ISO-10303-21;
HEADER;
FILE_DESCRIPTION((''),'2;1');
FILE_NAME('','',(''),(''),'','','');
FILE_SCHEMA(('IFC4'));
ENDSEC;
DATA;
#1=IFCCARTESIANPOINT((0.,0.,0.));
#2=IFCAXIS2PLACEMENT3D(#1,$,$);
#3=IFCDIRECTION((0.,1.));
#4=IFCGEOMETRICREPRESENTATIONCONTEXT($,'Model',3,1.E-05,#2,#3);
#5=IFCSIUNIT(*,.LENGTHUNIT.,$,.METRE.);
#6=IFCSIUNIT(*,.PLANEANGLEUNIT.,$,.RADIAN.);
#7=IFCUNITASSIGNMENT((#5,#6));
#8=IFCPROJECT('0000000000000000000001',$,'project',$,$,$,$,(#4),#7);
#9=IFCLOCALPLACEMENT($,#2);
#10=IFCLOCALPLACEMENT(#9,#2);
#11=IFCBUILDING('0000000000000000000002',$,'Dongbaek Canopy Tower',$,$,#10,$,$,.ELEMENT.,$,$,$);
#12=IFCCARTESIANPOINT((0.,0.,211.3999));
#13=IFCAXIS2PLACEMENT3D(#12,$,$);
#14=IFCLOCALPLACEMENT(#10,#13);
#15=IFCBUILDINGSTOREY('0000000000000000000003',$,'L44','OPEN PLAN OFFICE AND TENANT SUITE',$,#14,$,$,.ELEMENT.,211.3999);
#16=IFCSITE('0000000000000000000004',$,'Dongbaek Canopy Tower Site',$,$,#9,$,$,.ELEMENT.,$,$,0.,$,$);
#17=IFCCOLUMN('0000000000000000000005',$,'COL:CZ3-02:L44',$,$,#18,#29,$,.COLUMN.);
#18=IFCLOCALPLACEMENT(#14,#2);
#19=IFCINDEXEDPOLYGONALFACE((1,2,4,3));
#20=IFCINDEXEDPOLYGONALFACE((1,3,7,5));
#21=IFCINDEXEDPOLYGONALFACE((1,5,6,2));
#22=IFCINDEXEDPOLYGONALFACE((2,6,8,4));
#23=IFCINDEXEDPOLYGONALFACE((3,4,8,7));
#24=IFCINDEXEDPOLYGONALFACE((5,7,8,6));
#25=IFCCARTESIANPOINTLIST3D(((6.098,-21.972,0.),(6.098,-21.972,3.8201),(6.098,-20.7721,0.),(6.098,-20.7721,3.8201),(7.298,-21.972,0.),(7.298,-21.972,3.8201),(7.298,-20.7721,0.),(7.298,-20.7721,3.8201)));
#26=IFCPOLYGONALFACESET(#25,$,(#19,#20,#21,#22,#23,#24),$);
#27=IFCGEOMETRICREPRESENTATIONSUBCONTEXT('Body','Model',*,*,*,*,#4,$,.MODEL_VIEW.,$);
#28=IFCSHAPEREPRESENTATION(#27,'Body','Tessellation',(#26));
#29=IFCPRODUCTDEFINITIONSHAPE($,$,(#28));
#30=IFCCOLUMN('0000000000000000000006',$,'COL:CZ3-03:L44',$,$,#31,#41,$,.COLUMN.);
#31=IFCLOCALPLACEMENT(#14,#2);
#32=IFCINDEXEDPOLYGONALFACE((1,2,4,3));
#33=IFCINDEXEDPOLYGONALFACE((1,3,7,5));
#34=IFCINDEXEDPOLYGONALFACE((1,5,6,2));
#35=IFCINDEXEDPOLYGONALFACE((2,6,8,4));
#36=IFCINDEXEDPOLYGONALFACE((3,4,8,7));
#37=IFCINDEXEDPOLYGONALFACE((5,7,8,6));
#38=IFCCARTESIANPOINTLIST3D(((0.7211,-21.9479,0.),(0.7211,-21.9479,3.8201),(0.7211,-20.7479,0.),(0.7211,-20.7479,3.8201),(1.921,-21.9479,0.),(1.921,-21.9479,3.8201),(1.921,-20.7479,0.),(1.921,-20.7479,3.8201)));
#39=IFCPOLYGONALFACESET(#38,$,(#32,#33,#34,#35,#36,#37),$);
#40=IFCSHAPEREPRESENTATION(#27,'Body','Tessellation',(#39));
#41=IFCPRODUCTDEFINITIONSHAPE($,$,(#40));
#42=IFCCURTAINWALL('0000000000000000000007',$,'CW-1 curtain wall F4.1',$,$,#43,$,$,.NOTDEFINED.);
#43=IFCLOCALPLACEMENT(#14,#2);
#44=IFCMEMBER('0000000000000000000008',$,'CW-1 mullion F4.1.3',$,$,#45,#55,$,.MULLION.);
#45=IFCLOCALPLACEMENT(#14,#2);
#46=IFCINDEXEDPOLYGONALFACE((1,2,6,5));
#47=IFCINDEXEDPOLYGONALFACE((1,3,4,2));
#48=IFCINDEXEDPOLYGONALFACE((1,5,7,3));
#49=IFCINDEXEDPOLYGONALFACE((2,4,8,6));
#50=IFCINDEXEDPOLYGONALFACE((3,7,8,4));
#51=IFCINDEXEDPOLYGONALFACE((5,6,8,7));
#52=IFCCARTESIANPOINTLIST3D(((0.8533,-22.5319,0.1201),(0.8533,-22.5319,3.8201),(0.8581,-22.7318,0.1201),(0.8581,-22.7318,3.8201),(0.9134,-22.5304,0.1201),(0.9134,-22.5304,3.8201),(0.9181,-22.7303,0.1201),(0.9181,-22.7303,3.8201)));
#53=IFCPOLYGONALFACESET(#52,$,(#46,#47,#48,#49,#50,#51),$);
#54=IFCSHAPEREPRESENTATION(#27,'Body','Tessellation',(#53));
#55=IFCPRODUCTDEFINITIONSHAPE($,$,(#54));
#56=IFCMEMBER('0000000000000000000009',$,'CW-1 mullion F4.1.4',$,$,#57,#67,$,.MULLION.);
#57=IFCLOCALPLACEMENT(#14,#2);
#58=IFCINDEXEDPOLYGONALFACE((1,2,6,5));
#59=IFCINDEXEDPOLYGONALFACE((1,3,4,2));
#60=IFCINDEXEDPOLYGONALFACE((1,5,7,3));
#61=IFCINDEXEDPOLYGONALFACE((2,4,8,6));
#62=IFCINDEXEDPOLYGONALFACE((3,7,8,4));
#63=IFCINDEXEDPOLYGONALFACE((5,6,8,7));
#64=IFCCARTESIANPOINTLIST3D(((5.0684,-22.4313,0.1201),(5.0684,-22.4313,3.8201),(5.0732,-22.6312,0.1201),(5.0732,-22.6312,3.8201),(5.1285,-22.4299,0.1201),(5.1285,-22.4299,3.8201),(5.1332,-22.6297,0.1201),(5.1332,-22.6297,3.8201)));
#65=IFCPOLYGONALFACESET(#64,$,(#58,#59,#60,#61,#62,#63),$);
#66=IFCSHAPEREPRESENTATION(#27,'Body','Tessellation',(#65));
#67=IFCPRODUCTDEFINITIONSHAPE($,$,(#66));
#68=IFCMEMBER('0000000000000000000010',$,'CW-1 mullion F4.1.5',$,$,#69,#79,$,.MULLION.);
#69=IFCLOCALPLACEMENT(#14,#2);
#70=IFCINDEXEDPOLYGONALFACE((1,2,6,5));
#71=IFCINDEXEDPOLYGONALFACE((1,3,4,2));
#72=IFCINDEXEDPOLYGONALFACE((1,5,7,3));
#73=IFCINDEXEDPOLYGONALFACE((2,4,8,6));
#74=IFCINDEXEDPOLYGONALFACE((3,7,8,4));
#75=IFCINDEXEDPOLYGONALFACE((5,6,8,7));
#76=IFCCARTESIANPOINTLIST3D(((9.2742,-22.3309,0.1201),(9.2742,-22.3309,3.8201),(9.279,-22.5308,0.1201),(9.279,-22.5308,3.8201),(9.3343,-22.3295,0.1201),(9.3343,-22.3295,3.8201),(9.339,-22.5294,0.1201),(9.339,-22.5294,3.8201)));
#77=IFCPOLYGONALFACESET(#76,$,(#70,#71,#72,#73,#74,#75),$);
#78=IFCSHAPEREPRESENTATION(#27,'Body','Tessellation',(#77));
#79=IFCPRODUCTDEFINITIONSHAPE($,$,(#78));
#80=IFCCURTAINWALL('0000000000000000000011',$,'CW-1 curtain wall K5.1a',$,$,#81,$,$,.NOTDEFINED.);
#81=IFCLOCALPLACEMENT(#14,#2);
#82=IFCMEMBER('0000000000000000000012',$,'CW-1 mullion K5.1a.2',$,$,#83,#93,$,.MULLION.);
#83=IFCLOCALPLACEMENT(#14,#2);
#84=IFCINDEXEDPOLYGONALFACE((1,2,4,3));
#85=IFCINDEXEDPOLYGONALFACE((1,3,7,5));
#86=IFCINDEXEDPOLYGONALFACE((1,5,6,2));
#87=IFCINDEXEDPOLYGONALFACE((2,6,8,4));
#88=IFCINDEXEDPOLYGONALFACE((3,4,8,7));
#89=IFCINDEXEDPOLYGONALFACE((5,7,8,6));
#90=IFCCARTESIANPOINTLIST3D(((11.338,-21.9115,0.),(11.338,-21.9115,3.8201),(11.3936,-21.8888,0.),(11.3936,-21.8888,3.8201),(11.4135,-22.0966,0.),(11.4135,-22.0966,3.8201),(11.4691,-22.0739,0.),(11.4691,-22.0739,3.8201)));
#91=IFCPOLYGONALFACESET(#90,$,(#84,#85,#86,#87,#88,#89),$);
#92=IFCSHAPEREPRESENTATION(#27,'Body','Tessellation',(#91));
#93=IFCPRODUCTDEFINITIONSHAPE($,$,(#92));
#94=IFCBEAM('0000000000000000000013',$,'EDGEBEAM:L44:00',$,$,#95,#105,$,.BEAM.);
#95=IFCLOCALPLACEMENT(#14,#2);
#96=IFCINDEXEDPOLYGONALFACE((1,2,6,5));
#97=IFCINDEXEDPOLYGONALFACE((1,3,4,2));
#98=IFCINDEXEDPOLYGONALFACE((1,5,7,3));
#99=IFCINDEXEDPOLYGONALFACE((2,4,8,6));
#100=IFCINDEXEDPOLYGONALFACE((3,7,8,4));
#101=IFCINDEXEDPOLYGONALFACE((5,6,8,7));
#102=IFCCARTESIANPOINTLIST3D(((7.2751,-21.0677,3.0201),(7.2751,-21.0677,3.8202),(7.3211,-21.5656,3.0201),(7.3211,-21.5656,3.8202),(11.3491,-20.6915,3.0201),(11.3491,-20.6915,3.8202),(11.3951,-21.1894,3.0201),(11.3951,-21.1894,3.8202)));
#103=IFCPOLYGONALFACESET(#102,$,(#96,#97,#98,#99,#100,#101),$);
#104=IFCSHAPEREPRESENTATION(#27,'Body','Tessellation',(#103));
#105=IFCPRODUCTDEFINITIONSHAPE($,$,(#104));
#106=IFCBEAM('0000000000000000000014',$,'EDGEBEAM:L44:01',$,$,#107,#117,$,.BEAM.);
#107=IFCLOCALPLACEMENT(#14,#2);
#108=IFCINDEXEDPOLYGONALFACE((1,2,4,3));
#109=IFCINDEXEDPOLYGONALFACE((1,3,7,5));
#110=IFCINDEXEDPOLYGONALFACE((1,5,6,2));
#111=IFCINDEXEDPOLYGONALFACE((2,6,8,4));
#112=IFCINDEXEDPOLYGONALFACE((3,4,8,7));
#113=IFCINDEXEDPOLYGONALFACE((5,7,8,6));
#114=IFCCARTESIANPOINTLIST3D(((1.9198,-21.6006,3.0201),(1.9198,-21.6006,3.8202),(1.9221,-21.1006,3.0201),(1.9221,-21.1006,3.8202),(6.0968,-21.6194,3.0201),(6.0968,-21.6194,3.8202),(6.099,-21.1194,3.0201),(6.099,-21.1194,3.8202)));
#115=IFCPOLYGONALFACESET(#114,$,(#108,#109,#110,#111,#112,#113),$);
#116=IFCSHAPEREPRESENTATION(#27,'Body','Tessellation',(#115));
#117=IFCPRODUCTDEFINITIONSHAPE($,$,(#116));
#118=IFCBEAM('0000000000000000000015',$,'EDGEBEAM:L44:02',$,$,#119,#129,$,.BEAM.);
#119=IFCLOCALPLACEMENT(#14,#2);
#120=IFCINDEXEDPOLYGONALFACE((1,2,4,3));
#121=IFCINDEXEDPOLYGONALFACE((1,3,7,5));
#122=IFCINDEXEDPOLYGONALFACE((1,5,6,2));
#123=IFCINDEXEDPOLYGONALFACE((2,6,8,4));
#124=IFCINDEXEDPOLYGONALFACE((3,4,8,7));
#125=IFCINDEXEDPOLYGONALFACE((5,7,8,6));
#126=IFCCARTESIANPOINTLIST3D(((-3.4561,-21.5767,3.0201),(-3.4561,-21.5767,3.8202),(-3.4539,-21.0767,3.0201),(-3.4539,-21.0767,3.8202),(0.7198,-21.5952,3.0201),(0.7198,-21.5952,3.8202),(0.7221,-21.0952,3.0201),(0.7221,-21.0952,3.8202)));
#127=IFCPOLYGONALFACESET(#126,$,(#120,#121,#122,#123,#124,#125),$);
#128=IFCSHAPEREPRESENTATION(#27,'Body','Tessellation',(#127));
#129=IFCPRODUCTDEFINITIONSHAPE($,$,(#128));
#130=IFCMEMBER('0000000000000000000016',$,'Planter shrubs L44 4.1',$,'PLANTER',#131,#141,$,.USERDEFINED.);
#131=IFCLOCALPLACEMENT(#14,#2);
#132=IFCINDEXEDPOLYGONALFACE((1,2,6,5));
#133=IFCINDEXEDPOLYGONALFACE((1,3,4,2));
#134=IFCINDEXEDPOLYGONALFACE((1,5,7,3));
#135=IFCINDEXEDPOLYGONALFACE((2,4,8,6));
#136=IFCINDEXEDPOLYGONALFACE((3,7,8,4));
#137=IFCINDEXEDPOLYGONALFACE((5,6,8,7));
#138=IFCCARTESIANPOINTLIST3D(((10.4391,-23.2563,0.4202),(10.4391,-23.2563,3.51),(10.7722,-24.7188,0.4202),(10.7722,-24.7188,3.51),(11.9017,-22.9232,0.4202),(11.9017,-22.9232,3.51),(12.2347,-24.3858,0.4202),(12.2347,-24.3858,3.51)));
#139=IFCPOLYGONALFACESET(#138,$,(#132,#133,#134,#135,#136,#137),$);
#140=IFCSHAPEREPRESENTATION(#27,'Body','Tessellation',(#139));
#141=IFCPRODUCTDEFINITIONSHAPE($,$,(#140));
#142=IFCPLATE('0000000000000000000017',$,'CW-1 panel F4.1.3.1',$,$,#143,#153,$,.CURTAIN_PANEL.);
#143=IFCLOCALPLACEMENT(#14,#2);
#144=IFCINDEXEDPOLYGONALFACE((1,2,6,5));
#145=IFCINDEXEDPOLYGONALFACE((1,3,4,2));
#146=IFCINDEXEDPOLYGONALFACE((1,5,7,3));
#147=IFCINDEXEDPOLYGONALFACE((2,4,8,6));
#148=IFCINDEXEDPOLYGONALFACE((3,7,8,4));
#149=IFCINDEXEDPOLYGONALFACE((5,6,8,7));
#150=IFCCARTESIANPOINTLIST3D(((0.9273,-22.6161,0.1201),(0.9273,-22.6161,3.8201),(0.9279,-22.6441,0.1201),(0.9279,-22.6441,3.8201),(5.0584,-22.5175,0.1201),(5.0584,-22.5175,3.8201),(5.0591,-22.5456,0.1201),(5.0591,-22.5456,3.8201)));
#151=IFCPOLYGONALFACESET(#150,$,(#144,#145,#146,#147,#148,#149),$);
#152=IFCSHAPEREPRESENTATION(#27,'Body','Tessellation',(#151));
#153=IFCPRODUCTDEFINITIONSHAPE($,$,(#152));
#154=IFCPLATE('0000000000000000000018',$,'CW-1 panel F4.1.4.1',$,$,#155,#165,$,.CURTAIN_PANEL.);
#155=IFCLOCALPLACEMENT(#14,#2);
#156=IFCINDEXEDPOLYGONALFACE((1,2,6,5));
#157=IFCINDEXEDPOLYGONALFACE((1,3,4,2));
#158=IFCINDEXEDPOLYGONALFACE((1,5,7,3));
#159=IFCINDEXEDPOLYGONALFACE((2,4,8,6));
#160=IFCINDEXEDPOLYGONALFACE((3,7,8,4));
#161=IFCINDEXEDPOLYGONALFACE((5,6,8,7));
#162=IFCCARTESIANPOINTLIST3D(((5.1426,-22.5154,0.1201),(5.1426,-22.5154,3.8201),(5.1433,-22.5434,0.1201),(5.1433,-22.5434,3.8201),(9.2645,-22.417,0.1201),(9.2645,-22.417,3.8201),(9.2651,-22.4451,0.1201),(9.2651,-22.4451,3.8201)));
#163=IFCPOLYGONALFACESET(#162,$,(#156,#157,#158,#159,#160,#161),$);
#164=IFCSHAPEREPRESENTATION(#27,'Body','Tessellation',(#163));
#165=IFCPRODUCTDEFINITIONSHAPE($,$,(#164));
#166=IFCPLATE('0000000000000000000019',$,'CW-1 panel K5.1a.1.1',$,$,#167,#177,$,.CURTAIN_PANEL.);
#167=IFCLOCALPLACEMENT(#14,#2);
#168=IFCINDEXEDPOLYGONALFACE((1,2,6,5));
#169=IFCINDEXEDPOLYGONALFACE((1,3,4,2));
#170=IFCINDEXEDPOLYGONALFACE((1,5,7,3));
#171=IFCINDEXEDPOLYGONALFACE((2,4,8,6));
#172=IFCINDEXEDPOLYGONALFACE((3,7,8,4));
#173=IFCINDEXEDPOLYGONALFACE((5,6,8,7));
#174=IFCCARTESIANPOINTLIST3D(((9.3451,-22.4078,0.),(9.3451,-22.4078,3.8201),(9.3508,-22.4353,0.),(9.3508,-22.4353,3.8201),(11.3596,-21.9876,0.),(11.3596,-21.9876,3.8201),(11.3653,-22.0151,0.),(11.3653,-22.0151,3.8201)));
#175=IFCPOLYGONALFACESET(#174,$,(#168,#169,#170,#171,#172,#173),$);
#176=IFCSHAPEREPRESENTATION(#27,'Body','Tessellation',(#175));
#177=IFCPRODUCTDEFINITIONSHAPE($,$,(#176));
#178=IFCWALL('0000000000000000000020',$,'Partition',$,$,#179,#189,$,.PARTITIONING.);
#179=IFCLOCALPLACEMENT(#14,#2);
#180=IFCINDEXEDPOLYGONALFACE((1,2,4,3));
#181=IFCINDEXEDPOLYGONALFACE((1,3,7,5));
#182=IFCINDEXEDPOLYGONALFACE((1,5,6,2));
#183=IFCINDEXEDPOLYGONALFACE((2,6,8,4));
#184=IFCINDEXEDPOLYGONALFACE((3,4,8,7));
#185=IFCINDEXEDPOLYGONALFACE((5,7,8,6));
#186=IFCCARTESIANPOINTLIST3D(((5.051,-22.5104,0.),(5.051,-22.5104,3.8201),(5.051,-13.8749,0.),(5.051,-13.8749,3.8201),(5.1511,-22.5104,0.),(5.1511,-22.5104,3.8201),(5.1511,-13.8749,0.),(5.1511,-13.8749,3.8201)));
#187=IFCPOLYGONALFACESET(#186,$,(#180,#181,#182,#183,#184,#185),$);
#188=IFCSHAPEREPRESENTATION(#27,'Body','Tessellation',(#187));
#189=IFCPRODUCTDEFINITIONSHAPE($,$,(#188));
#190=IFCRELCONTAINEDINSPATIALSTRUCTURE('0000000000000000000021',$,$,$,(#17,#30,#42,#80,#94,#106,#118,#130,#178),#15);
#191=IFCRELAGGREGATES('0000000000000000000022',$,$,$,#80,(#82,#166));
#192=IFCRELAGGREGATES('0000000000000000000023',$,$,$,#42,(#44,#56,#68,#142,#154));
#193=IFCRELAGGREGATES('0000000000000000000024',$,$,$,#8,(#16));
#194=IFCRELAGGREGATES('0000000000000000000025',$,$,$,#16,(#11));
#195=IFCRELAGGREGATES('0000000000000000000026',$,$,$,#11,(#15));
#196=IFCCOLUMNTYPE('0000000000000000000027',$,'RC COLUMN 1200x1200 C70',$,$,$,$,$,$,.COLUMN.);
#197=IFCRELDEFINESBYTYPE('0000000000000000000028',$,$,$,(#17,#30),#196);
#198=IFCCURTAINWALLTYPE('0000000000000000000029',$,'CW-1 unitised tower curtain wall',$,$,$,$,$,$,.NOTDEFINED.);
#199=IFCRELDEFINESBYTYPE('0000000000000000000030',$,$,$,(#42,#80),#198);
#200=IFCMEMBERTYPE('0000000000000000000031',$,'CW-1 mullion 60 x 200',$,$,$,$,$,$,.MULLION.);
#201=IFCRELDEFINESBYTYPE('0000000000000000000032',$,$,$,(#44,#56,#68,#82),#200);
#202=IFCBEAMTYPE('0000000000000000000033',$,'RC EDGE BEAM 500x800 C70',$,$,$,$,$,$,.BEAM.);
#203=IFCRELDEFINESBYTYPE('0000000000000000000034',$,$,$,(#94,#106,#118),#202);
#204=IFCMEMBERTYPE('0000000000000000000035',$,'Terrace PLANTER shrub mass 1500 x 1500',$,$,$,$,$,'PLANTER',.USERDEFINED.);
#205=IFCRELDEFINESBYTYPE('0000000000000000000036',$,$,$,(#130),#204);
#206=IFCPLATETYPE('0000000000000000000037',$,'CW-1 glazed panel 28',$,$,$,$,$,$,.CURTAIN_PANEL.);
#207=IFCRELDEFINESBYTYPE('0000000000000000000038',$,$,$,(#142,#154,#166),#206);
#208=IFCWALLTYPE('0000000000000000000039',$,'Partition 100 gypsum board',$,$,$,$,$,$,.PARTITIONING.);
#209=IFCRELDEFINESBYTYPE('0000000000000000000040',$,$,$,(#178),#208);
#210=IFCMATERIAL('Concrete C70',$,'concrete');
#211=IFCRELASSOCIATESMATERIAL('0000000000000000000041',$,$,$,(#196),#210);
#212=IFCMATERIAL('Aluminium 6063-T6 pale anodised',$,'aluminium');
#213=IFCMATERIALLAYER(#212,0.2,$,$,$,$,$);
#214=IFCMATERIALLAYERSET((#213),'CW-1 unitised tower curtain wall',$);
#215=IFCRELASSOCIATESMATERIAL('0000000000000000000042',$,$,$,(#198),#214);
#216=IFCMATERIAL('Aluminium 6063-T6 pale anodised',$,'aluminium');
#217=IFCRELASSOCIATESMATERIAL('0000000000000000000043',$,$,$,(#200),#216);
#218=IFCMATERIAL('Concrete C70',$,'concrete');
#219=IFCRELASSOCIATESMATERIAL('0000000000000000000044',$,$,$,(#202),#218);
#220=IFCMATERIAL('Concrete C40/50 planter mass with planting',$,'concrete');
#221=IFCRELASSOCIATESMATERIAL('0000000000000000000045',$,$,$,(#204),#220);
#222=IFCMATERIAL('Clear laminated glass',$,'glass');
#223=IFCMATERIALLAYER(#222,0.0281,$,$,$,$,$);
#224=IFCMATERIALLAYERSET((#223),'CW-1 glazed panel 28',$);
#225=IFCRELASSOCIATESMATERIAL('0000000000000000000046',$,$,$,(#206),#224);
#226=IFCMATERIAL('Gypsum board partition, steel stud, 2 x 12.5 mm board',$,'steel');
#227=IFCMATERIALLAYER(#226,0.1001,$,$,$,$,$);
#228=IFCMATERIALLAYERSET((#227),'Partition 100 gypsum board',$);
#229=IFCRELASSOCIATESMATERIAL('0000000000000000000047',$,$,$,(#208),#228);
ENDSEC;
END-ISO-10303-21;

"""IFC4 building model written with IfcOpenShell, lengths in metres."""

from ifc_helpers import new_model, si_unit, direction, frame, frame_2d, origin, origin_2d, place, context, subcontext, project, spatial, rectangle, extrude, material, layer, layer_set, material_profile, profile_set, type_object, element, aggregate, save


model = new_model("IFC4")

# Units and contexts
model_context = context("Model", 3, precision=1e-05, world=origin(), true_north=direction((0.0, 1.0)))
body_context = subcontext(model_context, "Body", "Model", "MODEL_VIEW")
ifc_project = project(units=[si_unit("LENGTHUNIT", "METRE"), si_unit("PLANEANGLEUNIT", "RADIAN")], contexts=[model_context])

# Site, building, storey
site_placement = place(None, origin())
site = spatial("IfcSite", under=ifc_project, at=site_placement, Name="Dongbaek Canopy Tower Site", CompositionType="ELEMENT", RefElevation=0.0)
building_placement = place(site_placement, origin())
building = spatial("IfcBuilding", under=site, at=building_placement, Name="Dongbaek Canopy Tower", CompositionType="ELEMENT")
storey_placement = place(building_placement, frame((0.0, 0.0, 211.3999)))
storey = spatial("IfcBuildingStorey", under=building, at=storey_placement, Name="L44", Description="OPEN PLAN OFFICE AND TENANT SUITE", CompositionType="ELEMENT", Elevation=211.3999)

# Columns
ifc_material_1 = material(Name="Concrete C70", Category="concrete")
ifc_material_profile_1 = material_profile(ifc_material_1, rectangle(XDim=1.2, YDim=1.2, at=origin_2d()), Name="RC COLUMN 1200x1200 C70")
ifc_profile_set_1 = profile_set([ifc_material_profile_1], Name="Concrete C70")
column_type = type_object("IfcColumnType", Name="RC COLUMN 1200x1200 C70", PredefinedType="COLUMN", material=ifc_profile_set_1)
for number, where, z_axis, x_axis, name in (
    (1, (6.698, -21.3721, 0.0), (0.0, 0.0, 1.0), (1.0, 0.0, 0.0), "COL:CZ3-02:L44"),
    (2, (1.321, -21.3479, 0.0), (0.0, 0.0, 1.0), (1.0, 0.0, 0.0), "COL:CZ3-03:L44"),
):
    element("IfcColumn", number, at=place(storey_placement, frame(where, z_axis=z_axis, x_axis=x_axis)), inside=storey, type_object=column_type, Name=name, PredefinedType="COLUMN", context=body_context, shape_type="SweptSolid", body=[
        extrude(rectangle(XDim=1.2, YDim=1.2, at=origin_2d()), origin(), (0.0, 0.0, 1.0), 3.8201),
    ])

# Curtain wall, members
ifc_material_2 = material(Name="Aluminium 6063-T6 pale anodised", Category="aluminium")
ifc_layer_1 = layer(ifc_material_2, 0.2)
ifc_layer_set_1 = layer_set([ifc_layer_1], Name="CW-1 unitised tower curtain wall")
curtain_wall_type = type_object("IfcCurtainWallType", Name="CW-1 unitised tower curtain wall", PredefinedType="NOTDEFINED", material=ifc_layer_set_1)
curtain_wall_1_placement = place(storey_placement, origin())
curtain_wall_1 = element("IfcCurtainWall", 3, at=curtain_wall_1_placement, inside=storey, type_object=curtain_wall_type, Name="CW-1 curtain wall F4.1", PredefinedType="NOTDEFINED")
ifc_material_3 = material(Name="Aluminium 6063-T6 pale anodised", Category="aluminium")
ifc_material_profile_2 = material_profile(ifc_material_3, rectangle(XDim=0.2, YDim=0.0601, at=origin_2d()), Name="CW-1 mullion 60 x 200")
ifc_profile_set_2 = profile_set([ifc_material_profile_2], Name="Aluminium 6063-T6 pale anodised")
member_type_1 = type_object("IfcMemberType", Name="CW-1 mullion 60 x 200", PredefinedType="MULLION", material=ifc_profile_set_2)
member_1_placement = place(storey_placement, frame((0.8857, -22.6311, 0.1201), z_axis=(0.0, 0.0, 1.0), x_axis=(0.023849, -0.999716, 0.0)))
member_1 = element("IfcMember", 4, at=member_1_placement, type_object=member_type_1, Name="CW-1 mullion F4.1.3", PredefinedType="MULLION", context=body_context, shape_type="SweptSolid", body=[
    extrude(rectangle(XDim=0.2, YDim=0.0601, at=origin_2d()), origin(), (0.0, 0.0, 1.0), 3.7),
])
member_2_placement = place(storey_placement, frame((5.1008, -22.5305, 0.1201), z_axis=(0.0, 0.0, 1.0), x_axis=(0.023849, -0.999716, 0.0)))
member_2 = element("IfcMember", 5, at=member_2_placement, type_object=member_type_1, Name="CW-1 mullion F4.1.4", PredefinedType="MULLION", context=body_context, shape_type="SweptSolid", body=[
    extrude(rectangle(XDim=0.2, YDim=0.0601, at=origin_2d()), origin(), (0.0, 0.0, 1.0), 3.7),
])
member_3_placement = place(storey_placement, frame((9.3066, -22.4302, 0.1201), z_axis=(0.0, 0.0, 1.0), x_axis=(0.023849, -0.999716, 0.0)))
member_3 = element("IfcMember", 6, at=member_3_placement, type_object=member_type_1, Name="CW-1 mullion F4.1.5", PredefinedType="MULLION", context=body_context, shape_type="SweptSolid", body=[
    extrude(rectangle(XDim=0.2, YDim=0.0601, at=origin_2d()), origin(), (0.0, 0.0, 1.0), 3.7),
])

# Curtain wall, member
curtain_wall_2_placement = place(storey_placement, origin())
curtain_wall_2 = element("IfcCurtainWall", 7, at=curtain_wall_2_placement, inside=storey, type_object=curtain_wall_type, Name="CW-1 curtain wall K5.1a", PredefinedType="NOTDEFINED")
member_4_placement = place(storey_placement, frame((11.4036, -21.9927, 0.0), z_axis=(0.0, 0.0, 1.0), x_axis=(0.377794, -0.92589, 0.0)))
member_4 = element("IfcMember", 8, at=member_4_placement, type_object=member_type_1, Name="CW-1 mullion K5.1a.2", PredefinedType="MULLION", context=body_context, shape_type="SweptSolid", body=[
    extrude(rectangle(XDim=0.2, YDim=0.0601, at=origin_2d()), origin(), (0.0, 0.0, 1.0), 3.8201),
])

# Beams
ifc_material_4 = material(Name="Concrete C70", Category="concrete")
ifc_material_profile_3 = material_profile(ifc_material_4, rectangle(XDim=0.5, YDim=0.8, at=origin_2d()), Name="RC EDGE BEAM 500x800 C70")
ifc_profile_set_3 = profile_set([ifc_material_profile_3], Name="Concrete C70")
beam_type = type_object("IfcBeamType", Name="RC EDGE BEAM 500x800 C70", PredefinedType="BEAM", material=ifc_profile_set_3)
beam_1_placement = place(storey_placement, frame((11.3721, -20.9404, 3.4202), z_axis=(-0.995763, -0.091956, 0.0), x_axis=(0.091956, -0.995763, 0.0)))
element("IfcBeam", 9, at=beam_1_placement, inside=storey, type_object=beam_type, Name="EDGEBEAM:L44:00", PredefinedType="BEAM", context=body_context, shape_type="SweptSolid", body=[
    extrude(rectangle(XDim=0.5, YDim=0.8, at=origin_2d()), origin(), (0.0, 0.0, 1.0), 4.0913),
])
beam_2_placement = place(storey_placement, frame((6.0979, -21.3694, 3.4202), z_axis=(-0.99999, 0.004501, 0.0), x_axis=(-0.004501, -0.99999, 0.0)))
element("IfcBeam", 10, at=beam_2_placement, inside=storey, type_object=beam_type, Name="EDGEBEAM:L44:01", PredefinedType="BEAM", context=body_context, shape_type="SweptSolid", body=[
    extrude(rectangle(XDim=0.5, YDim=0.8, at=origin_2d()), origin(), (0.0, 0.0, 1.0), 4.177),
])
beam_3_placement = place(storey_placement, frame((0.7209, -21.3452, 3.4202), z_axis=(-0.99999, 0.004443, 0.0), x_axis=(-0.004443, -0.99999, 0.0)))
element("IfcBeam", 11, at=beam_3_placement, inside=storey, type_object=beam_type, Name="EDGEBEAM:L44:02", PredefinedType="BEAM", context=body_context, shape_type="SweptSolid", body=[
    extrude(rectangle(XDim=0.5, YDim=0.8, at=origin_2d()), origin(), (0.0, 0.0, 1.0), 4.176),
])

# Member
ifc_material_5 = material(Name="Concrete C40/50 planter mass with planting", Category="concrete")
ifc_material_profile_4 = material_profile(ifc_material_5, rectangle(XDim=1.5, YDim=1.5, at=origin_2d()), Name="Terrace PLANTER shrub mass 1500 x 1500")
ifc_profile_set_4 = profile_set([ifc_material_profile_4], Name="Concrete C40/50 planter mass with planting")
member_type_2 = type_object("IfcMemberType", Name="Terrace PLANTER shrub mass 1500 x 1500", ElementType="PLANTER", PredefinedType="USERDEFINED", material=ifc_profile_set_4)
member_5_placement = place(storey_placement, frame((11.3369, -23.821, 0.4202), z_axis=(0.0, 0.0, 1.0), x_axis=(0.222024, -0.975041, 0.0)))
element("IfcMember", 12, at=member_5_placement, inside=storey, type_object=member_type_2, Name="Planter shrubs L44 4.1", ObjectType="PLANTER", PredefinedType="USERDEFINED", context=body_context, shape_type="SweptSolid", body=[
    extrude(rectangle(XDim=1.5, YDim=1.5, at=origin_2d()), origin(), (0.0, 0.0, 1.0), 3.0898),
])

# Plates
ifc_material_6 = material(Name="Clear laminated glass", Category="glass")
ifc_layer_2 = layer(ifc_material_6, 0.0281)
ifc_layer_set_2 = layer_set([ifc_layer_2], Name="CW-1 glazed panel 28")
plate_type = type_object("IfcPlateType", Name="CW-1 glazed panel 28", PredefinedType="CURTAIN_PANEL", material=ifc_layer_set_2)
plate_1_placement = place(storey_placement, frame((2.9932, -22.5808, 0.1201), z_axis=(0.0, 0.0, 1.0), x_axis=(0.999716, 0.023849, 0.0)))
plate_1 = element("IfcPlate", 13, at=plate_1_placement, type_object=plate_type, Name="CW-1 panel F4.1.3.1", PredefinedType="CURTAIN_PANEL", context=body_context, shape_type="SweptSolid", body=[
    extrude(rectangle(XDim=4.1323, YDim=0.0281, at=origin_2d()), origin(), (0.0, 0.0, 1.0), 3.7),
])
plate_2_placement = place(storey_placement, frame((7.2039, -22.4802, 0.1201), z_axis=(0.0, 0.0, 1.0), x_axis=(0.999716, 0.023849, 0.0)))
plate_2 = element("IfcPlate", 14, at=plate_2_placement, type_object=plate_type, Name="CW-1 panel F4.1.4.1", PredefinedType="CURTAIN_PANEL", context=body_context, shape_type="SweptSolid", body=[
    extrude(rectangle(XDim=4.123, YDim=0.0281, at=origin_2d()), origin(), (0.0, 0.0, 1.0), 3.7),
])
plate_3_placement = place(storey_placement, frame((10.3552, -22.2114, 0.0), z_axis=(0.0, 0.0, 1.0), x_axis=(0.978932, 0.204186, 0.0)))
plate_3 = element("IfcPlate", 15, at=plate_3_placement, type_object=plate_type, Name="CW-1 panel K5.1a.1.1", PredefinedType="CURTAIN_PANEL", context=body_context, shape_type="SweptSolid", body=[
    extrude(rectangle(XDim=2.0579, YDim=0.0281, at=origin_2d()), origin(), (0.0, 0.0, 1.0), 3.8201),
])
aggregate(curtain_wall_2, [member_4, plate_3])

# Wall
ifc_material_7 = material(Name="Gypsum board partition, steel stud, 2 x 12.5 mm board", Category="steel")
ifc_layer_3 = layer(ifc_material_7, 0.1001)
ifc_layer_set_3 = layer_set([ifc_layer_3], Name="Partition 100 gypsum board")
wall_type = type_object("IfcWallType", Name="Partition 100 gypsum board", PredefinedType="PARTITIONING", material=ifc_layer_set_3)
wall_placement = place(storey_placement, frame((5.1011, -22.5105, 0.0), z_axis=(0.0, 0.0, 1.0), x_axis=(0.0, 1.0, 0.0)))
element("IfcWall", 16, at=wall_placement, inside=storey, type_object=wall_type, Name="Partition", PredefinedType="PARTITIONING", context=body_context, shape_type="SweptSolid", body=[
    extrude(rectangle(XDim=8.6355, YDim=0.1001, at=frame_2d((4.3179, 0.0))), origin(), (0.0, 0.0, 1.0), 3.8201),
])

aggregate(curtain_wall_1, [member_1, member_2, member_3, plate_1, plate_2])

save(model, "model.ifc")
